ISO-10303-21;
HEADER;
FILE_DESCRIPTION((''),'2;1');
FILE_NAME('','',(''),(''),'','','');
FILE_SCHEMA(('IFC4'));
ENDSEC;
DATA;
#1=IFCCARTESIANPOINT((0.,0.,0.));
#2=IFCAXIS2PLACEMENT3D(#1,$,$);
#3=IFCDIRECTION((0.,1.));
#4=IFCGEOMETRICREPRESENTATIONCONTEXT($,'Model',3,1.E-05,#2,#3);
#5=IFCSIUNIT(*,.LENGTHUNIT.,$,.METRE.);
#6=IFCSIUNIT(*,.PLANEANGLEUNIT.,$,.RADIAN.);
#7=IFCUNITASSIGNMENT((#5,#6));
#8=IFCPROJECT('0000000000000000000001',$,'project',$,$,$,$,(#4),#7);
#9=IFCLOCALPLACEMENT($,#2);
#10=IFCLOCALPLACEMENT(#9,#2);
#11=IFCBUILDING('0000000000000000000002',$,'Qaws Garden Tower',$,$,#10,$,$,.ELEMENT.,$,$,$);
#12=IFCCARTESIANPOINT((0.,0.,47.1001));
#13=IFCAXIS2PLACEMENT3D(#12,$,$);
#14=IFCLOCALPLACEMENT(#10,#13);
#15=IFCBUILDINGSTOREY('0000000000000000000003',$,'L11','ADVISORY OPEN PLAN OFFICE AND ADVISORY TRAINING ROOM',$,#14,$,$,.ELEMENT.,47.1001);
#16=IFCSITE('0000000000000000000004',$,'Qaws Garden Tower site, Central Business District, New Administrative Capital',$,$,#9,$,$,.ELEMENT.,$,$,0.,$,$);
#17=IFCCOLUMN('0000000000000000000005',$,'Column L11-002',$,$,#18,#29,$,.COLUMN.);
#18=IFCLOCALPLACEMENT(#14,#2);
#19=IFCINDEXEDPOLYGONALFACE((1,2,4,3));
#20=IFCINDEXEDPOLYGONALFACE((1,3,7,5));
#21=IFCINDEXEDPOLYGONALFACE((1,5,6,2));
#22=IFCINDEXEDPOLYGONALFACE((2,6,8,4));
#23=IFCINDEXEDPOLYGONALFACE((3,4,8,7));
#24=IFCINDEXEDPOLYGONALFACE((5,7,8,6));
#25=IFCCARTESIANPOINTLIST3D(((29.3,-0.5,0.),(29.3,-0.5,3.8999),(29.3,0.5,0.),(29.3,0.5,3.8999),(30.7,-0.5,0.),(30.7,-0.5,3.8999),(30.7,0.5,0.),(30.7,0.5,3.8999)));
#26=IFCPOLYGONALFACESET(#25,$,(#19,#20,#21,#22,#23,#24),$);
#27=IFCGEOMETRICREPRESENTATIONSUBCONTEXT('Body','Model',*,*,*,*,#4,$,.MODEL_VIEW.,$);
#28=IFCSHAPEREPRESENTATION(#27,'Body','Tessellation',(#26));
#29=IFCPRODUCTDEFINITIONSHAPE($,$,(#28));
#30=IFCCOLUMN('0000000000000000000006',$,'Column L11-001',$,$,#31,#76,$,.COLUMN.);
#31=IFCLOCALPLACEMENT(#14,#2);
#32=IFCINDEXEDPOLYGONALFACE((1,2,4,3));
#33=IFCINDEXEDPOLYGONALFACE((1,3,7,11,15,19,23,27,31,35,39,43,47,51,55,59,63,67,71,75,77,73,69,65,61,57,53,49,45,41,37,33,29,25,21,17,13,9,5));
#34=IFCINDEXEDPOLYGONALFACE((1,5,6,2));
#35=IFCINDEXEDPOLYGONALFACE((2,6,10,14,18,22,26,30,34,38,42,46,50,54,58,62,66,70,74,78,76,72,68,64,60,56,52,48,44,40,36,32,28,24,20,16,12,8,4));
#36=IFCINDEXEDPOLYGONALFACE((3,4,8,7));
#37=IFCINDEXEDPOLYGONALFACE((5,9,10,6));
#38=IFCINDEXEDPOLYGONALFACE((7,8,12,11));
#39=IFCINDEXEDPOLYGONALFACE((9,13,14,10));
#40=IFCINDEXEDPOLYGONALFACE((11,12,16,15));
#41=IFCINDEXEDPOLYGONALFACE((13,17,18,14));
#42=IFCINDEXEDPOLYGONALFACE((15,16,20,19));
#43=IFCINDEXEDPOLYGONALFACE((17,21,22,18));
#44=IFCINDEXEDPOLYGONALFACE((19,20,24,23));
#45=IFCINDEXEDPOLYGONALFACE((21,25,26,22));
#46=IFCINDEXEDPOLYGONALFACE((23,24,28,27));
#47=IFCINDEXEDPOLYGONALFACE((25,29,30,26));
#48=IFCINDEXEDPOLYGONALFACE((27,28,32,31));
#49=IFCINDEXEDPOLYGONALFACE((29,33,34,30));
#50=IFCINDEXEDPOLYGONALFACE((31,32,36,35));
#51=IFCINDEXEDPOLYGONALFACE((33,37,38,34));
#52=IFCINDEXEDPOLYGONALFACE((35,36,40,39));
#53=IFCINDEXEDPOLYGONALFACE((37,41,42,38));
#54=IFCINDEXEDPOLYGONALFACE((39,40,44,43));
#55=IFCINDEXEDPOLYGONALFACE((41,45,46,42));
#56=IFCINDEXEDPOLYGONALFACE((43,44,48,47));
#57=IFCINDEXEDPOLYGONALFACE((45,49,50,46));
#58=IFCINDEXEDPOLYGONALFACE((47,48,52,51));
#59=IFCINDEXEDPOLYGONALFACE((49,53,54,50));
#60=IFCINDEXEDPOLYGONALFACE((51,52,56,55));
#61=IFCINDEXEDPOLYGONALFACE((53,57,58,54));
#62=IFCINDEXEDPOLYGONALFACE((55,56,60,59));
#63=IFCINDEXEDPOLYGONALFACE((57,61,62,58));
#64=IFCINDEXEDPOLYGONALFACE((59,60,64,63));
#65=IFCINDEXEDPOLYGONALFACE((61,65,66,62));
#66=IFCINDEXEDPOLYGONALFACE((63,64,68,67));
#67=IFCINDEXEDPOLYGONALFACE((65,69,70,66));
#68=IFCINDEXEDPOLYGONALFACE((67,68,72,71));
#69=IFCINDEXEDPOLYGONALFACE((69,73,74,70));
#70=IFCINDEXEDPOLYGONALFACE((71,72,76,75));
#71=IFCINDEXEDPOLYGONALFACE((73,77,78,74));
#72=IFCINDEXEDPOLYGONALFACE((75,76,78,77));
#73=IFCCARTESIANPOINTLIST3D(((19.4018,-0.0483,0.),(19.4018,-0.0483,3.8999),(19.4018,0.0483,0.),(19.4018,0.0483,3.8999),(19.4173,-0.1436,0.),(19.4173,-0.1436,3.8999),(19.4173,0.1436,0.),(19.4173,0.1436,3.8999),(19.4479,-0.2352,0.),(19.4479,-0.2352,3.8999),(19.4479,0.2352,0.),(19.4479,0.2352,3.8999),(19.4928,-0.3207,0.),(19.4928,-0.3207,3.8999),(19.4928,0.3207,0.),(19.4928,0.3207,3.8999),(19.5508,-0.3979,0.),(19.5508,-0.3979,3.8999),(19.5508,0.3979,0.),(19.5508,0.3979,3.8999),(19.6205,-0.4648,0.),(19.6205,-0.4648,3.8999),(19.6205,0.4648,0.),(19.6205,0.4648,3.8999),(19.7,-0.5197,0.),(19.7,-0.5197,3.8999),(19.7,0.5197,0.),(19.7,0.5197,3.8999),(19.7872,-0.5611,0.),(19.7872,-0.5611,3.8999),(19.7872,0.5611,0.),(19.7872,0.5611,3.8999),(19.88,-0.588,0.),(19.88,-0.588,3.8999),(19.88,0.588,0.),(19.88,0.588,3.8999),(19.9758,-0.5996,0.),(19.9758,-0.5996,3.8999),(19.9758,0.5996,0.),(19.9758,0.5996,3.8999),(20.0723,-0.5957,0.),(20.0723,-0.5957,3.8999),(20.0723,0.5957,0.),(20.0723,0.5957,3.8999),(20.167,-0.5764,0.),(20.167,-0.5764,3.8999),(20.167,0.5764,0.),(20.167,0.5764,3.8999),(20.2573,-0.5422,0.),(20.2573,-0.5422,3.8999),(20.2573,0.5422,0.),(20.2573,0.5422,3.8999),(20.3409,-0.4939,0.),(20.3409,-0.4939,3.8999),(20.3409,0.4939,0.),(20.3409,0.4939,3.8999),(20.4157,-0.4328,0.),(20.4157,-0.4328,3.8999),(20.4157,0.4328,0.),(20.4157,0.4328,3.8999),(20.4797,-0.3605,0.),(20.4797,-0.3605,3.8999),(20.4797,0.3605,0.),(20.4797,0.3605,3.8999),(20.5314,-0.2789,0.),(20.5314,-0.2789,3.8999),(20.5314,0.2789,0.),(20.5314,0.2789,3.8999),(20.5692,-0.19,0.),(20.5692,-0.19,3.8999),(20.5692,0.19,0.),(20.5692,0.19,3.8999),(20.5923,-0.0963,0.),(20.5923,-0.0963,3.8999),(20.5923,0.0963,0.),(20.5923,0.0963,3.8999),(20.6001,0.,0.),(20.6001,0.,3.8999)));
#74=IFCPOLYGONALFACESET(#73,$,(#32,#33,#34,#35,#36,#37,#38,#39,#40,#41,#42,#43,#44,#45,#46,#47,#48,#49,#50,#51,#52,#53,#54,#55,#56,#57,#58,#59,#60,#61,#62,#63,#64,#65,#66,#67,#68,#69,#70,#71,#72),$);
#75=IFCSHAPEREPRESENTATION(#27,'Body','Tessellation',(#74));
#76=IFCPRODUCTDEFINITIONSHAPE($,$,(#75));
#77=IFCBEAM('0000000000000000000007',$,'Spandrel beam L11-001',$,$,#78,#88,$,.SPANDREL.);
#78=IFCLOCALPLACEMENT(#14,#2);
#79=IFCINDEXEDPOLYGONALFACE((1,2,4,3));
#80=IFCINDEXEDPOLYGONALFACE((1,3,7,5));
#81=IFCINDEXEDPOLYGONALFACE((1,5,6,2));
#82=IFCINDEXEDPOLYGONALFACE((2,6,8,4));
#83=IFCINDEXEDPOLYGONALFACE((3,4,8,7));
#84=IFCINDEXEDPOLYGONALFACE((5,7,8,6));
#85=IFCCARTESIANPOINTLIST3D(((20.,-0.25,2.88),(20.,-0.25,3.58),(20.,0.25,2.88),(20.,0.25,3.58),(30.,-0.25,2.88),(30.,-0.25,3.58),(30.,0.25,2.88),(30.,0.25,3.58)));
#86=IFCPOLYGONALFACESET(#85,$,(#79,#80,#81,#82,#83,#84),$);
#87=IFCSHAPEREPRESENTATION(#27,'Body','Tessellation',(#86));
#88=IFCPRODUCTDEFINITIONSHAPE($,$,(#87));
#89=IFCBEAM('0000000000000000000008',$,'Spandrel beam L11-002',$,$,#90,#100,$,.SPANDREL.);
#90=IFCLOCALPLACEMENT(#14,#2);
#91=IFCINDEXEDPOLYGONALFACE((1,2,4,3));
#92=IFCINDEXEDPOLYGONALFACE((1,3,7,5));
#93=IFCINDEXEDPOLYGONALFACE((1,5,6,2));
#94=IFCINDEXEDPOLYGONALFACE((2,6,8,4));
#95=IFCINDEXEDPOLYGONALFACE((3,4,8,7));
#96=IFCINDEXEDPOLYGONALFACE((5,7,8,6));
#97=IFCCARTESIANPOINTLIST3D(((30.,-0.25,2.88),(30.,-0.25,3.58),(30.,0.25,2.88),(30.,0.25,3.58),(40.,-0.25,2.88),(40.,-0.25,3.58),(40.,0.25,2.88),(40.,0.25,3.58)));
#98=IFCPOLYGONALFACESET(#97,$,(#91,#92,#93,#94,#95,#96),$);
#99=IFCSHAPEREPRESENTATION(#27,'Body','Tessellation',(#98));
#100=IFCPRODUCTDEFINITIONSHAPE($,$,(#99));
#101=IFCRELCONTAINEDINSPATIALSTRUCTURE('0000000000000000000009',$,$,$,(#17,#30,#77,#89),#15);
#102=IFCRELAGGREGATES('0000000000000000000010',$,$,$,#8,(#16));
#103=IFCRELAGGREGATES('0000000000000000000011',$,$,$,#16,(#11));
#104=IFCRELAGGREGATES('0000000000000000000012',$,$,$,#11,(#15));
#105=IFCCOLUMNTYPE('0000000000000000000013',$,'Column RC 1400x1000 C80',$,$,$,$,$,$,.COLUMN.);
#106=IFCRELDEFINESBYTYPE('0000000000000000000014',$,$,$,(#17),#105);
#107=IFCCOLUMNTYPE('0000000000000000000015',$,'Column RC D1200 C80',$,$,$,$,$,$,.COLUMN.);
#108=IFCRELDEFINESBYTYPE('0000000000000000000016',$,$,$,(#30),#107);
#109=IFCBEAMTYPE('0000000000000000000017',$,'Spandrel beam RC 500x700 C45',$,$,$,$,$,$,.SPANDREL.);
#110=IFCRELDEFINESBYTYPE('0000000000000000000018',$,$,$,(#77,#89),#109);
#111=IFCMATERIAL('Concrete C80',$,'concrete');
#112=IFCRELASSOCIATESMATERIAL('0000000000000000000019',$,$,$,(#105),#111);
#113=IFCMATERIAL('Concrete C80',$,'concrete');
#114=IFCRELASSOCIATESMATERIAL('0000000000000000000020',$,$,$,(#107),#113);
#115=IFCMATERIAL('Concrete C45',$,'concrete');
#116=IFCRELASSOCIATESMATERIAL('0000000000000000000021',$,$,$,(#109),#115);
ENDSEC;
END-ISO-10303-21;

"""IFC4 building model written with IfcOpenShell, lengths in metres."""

from ifc_helpers import new_model, si_unit, direction, frame, origin, origin_2d, place, context, subcontext, project, spatial, rectangle, circle, extrude, material, material_profile, profile_set, type_object, element, save


model = new_model("IFC4")

# Units and contexts
model_context = context("Model", 3, precision=1e-05, world=origin(), true_north=direction((0.0, 1.0)))
body_context = subcontext(model_context, "Body", "Model", "MODEL_VIEW")
ifc_project = project(units=[si_unit("LENGTHUNIT", "METRE"), si_unit("PLANEANGLEUNIT", "RADIAN")], contexts=[model_context])

# Site, building, storey
site_placement = place(None, origin())
site = spatial("IfcSite", under=ifc_project, at=site_placement, Name="Qaws Garden Tower site, Central Business District, New Administrative Capital", CompositionType="ELEMENT", RefElevation=0.0)
building_placement = place(site_placement, origin())
building = spatial("IfcBuilding", under=site, at=building_placement, Name="Qaws Garden Tower", CompositionType="ELEMENT")
storey_placement = place(building_placement, frame((0.0, 0.0, 47.1001)))
storey = spatial("IfcBuildingStorey", under=building, at=storey_placement, Name="L11", Description="ADVISORY OPEN PLAN OFFICE AND ADVISORY TRAINING ROOM", CompositionType="ELEMENT", Elevation=47.1001)

# Columns
ifc_material_1 = material(Name="Concrete C80", Category="concrete")
ifc_material_profile_1 = material_profile(ifc_material_1, rectangle(XDim=1.3999, YDim=1.0, at=origin_2d()), Name="RC 1400x1000")
ifc_profile_set_1 = profile_set([ifc_material_profile_1], Name="Concrete C80")
column_type_1 = type_object("IfcColumnType", Name="Column RC 1400x1000 C80", PredefinedType="COLUMN", material=ifc_profile_set_1)
column_1_placement = place(storey_placement, frame((30.0, 0.0, 0.0), z_axis=(0.0, 0.0, 1.0), x_axis=(1.0, 0.0, 0.0)))
element("IfcColumn", 1, at=column_1_placement, inside=storey, type_object=column_type_1, Name="Column L11-002", PredefinedType="COLUMN", context=body_context, shape_type="SweptSolid", body=[
    extrude(rectangle(XDim=1.3999, YDim=1.0, at=origin_2d()), origin(), (0.0, 0.0, 1.0), 3.8999),
])
ifc_material_2 = material(Name="Concrete C80", Category="concrete")
ifc_material_profile_2 = material_profile(ifc_material_2, circle(Radius=0.6001, at=origin_2d()), Name="RC D1200")
ifc_profile_set_2 = profile_set([ifc_material_profile_2], Name="Concrete C80")
column_type_2 = type_object("IfcColumnType", Name="Column RC D1200 C80", PredefinedType="COLUMN", material=ifc_profile_set_2)
column_2_placement = place(storey_placement, frame((20.0, 0.0, 0.0), z_axis=(0.0, 0.0, 1.0), x_axis=(1.0, 0.0, 0.0)))
element("IfcColumn", 2, at=column_2_placement, inside=storey, type_object=column_type_2, Name="Column L11-001", PredefinedType="COLUMN", context=body_context, shape_type="SweptSolid", body=[
    extrude(circle(Radius=0.6001, at=origin_2d()), origin(), (0.0, 0.0, 1.0), 3.8999),
])

# Beams
ifc_material_3 = material(Name="Concrete C45", Category="concrete")
ifc_material_profile_3 = material_profile(ifc_material_3, rectangle(XDim=0.5, YDim=0.7, at=origin_2d()), Name="RC 500x700")
ifc_profile_set_3 = profile_set([ifc_material_profile_3], Name="Concrete C45")
beam_type = type_object("IfcBeamType", Name="Spandrel beam RC 500x700 C45", PredefinedType="SPANDREL", material=ifc_profile_set_3)
for number, where, z_axis, x_axis, name in (
    (3, (20.0, 0.0, 3.23), (1.0, 0.0, 0.0), (0.0, 1.0, 0.0), "Spandrel beam L11-001"),
    (4, (30.0, 0.0, 3.23), (1.0, 0.0, 0.0), (0.0, 1.0, 0.0), "Spandrel beam L11-002"),
):
    element("IfcBeam", number, at=place(storey_placement, frame(where, z_axis=z_axis, x_axis=x_axis)), inside=storey, type_object=beam_type, Name=name, PredefinedType="SPANDREL", context=body_context, shape_type="SweptSolid", body=[
        extrude(rectangle(XDim=0.5, YDim=0.7, at=origin_2d()), origin(), (0.0, 0.0, 1.0), 10.0),
    ])

save(model, "model.ifc")
